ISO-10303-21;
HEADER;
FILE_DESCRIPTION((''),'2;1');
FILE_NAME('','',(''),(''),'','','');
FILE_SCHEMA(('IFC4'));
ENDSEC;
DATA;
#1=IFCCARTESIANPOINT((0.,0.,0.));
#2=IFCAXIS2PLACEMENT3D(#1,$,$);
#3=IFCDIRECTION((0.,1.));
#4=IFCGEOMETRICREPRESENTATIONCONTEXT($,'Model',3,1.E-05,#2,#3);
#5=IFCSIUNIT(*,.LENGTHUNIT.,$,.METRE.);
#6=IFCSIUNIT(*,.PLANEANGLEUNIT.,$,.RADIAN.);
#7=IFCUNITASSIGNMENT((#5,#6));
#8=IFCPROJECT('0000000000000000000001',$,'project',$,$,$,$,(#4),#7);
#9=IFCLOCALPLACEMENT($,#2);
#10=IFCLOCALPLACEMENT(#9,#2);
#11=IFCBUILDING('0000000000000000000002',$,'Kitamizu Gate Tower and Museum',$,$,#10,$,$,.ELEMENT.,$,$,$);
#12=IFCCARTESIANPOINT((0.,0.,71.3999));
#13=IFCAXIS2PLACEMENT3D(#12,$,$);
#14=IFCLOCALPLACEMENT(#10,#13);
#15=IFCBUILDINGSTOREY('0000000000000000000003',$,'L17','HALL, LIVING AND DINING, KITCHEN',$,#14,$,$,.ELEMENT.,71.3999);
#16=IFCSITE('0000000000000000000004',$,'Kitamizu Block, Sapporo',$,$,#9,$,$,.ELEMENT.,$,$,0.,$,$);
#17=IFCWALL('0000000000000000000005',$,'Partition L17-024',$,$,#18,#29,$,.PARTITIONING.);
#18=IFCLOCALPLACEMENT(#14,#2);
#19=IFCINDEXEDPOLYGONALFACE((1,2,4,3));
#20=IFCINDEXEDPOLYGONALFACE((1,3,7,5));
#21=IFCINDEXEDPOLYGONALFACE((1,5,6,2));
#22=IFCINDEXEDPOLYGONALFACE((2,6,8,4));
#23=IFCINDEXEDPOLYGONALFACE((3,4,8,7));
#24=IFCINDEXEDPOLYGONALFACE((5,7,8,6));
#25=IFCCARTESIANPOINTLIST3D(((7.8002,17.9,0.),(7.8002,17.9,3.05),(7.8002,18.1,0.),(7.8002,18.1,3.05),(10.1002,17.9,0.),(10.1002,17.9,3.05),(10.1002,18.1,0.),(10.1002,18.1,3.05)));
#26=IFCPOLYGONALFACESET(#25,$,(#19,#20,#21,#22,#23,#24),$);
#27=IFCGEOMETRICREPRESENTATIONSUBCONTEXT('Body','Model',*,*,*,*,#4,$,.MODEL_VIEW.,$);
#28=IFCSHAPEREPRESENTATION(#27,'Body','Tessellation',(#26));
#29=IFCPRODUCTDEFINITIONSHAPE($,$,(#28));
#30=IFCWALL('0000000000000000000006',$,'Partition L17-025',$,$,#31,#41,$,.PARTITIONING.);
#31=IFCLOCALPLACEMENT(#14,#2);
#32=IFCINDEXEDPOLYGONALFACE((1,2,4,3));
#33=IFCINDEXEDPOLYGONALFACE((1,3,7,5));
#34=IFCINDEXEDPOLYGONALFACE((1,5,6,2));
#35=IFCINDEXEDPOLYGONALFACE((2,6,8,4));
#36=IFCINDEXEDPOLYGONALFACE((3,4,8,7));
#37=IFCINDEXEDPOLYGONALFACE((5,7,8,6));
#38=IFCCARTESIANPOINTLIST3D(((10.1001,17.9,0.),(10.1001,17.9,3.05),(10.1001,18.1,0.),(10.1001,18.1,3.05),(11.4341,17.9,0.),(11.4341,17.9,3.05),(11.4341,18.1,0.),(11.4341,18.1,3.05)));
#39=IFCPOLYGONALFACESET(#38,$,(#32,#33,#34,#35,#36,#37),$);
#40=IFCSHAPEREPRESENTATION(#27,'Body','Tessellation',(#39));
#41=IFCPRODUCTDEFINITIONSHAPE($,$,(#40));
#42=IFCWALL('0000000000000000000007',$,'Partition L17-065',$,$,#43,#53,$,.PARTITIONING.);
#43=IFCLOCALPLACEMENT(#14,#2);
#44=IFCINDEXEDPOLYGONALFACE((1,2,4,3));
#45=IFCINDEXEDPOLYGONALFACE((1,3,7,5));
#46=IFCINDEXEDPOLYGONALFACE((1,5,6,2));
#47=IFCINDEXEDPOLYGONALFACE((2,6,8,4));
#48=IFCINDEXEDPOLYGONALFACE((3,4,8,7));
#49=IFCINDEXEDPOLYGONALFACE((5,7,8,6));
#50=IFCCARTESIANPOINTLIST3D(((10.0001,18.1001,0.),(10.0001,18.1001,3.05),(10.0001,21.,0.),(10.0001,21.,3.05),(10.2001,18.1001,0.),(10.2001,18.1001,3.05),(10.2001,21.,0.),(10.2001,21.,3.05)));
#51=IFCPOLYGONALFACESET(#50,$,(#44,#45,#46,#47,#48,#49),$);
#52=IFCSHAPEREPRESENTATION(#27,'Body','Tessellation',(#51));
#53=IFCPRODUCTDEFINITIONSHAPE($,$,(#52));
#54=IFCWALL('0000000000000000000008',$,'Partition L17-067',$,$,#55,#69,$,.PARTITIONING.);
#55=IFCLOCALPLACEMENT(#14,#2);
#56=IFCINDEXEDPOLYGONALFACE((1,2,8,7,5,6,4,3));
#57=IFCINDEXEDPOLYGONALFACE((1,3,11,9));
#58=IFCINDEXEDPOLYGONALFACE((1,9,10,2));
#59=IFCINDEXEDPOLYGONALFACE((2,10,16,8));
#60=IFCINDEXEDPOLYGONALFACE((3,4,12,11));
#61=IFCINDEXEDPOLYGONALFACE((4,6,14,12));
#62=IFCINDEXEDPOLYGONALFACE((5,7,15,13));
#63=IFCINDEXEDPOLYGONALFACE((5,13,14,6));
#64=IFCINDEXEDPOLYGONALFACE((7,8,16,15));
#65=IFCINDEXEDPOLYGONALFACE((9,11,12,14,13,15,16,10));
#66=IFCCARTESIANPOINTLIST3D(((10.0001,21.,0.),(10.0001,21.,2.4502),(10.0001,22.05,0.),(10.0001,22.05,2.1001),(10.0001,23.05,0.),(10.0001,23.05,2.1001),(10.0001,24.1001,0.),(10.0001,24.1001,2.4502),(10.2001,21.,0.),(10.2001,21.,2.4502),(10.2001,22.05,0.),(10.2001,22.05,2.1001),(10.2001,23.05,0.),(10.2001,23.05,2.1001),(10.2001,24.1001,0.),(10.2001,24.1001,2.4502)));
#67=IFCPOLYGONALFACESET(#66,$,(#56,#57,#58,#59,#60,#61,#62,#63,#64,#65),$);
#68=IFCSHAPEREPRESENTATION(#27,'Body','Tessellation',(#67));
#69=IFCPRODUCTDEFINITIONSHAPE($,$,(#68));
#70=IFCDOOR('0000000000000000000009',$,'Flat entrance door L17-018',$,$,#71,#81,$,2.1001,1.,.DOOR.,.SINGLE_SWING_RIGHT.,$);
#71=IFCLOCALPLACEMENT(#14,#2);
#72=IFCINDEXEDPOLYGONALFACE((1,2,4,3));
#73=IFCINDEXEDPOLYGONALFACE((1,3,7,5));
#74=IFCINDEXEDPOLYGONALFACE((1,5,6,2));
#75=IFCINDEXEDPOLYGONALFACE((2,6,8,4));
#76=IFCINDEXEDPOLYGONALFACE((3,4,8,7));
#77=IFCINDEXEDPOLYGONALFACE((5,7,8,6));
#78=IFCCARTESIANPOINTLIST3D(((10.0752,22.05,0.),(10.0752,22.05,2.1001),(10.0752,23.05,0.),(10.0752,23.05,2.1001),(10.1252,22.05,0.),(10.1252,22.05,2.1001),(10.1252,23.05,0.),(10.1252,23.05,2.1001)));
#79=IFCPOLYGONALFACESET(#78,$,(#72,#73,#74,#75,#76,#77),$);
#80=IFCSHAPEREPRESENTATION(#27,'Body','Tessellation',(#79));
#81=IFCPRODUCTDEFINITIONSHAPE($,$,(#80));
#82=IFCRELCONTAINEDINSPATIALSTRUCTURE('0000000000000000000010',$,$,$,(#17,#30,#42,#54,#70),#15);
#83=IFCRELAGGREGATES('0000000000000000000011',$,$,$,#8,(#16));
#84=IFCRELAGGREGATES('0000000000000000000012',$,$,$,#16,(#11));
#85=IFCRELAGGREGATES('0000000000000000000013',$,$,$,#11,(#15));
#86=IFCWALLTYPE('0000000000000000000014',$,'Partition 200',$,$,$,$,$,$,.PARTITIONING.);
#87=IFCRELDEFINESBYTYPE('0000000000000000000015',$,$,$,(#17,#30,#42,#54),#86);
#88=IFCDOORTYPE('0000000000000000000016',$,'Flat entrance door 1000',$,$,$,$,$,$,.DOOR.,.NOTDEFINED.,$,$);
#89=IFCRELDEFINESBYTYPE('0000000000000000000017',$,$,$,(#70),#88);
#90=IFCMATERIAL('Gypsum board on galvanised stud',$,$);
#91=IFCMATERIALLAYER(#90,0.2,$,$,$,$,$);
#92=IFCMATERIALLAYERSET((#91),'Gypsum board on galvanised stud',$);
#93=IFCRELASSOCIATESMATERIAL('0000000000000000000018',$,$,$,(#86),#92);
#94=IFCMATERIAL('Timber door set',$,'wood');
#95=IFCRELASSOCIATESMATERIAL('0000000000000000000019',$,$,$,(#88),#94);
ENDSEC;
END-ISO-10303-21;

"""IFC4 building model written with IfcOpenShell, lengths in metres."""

from ifc_helpers import new_model, si_unit, direction, frame, frame_2d, origin, place, context, subcontext, project, spatial, rectangle, extrude, material, layer, layer_set, type_object, element, fill, save


model = new_model("IFC4")

# Units and contexts
model_context = context("Model", 3, precision=1e-05, world=origin(), true_north=direction((0.0, 1.0)))
body_context = subcontext(model_context, "Body", "Model", "MODEL_VIEW")
ifc_project = project(units=[si_unit("LENGTHUNIT", "METRE"), si_unit("PLANEANGLEUNIT", "RADIAN")], contexts=[model_context])

# Site, building, storey
site_placement = place(None, origin())
site = spatial("IfcSite", under=ifc_project, at=site_placement, Name="Kitamizu Block, Sapporo", CompositionType="ELEMENT", RefElevation=0.0)
building_placement = place(site_placement, origin())
building = spatial("IfcBuilding", under=site, at=building_placement, Name="Kitamizu Gate Tower and Museum", CompositionType="ELEMENT")
storey_placement = place(building_placement, frame((0.0, 0.0, 71.3999)))
storey = spatial("IfcBuildingStorey", under=building, at=storey_placement, Name="L17", Description="HALL, LIVING AND DINING, KITCHEN", CompositionType="ELEMENT", Elevation=71.3999)

# Walls
ifc_material_1 = material(Name="Gypsum board on galvanised stud")
ifc_layer_1 = layer(ifc_material_1, 0.2)
ifc_layer_set_1 = layer_set([ifc_layer_1], Name="Gypsum board on galvanised stud")
wall_type_1 = type_object("IfcWallType", Name="Partition 200", PredefinedType="PARTITIONING", material=ifc_layer_set_1)
wall_1_placement = place(storey_placement, frame((10.1001, 18.0, 0.0), z_axis=(0.0, 0.0, 1.0), x_axis=(-1.0, 0.0, 0.0)))
element("IfcWall", 1, at=wall_1_placement, inside=storey, type_object=wall_type_1, Name="Partition L17-024", PredefinedType="PARTITIONING", context=body_context, shape_type="SweptSolid", body=[
    extrude(rectangle(XDim=2.3, YDim=0.2, at=frame_2d((1.1499, 0.0))), origin(), (0.0, 0.0, 1.0), 3.05),
])
wall_2_placement = place(storey_placement, frame((11.4341, 18.0, 0.0), z_axis=(0.0, 0.0, 1.0), x_axis=(-1.0, 0.0, 0.0)))
element("IfcWall", 2, at=wall_2_placement, inside=storey, type_object=wall_type_1, Name="Partition L17-025", PredefinedType="PARTITIONING", context=body_context, shape_type="SweptSolid", body=[
    extrude(rectangle(XDim=1.334, YDim=0.2, at=frame_2d((0.667, 0.0))), origin(), (0.0, 0.0, 1.0), 3.05),
])
wall_3_placement = place(storey_placement, frame((10.1001, 18.1001, 0.0), z_axis=(0.0, 0.0, 1.0), x_axis=(0.0, 1.0, 0.0)))
element("IfcWall", 3, at=wall_3_placement, inside=storey, type_object=wall_type_1, Name="Partition L17-065", PredefinedType="PARTITIONING", context=body_context, shape_type="SweptSolid", body=[
    extrude(rectangle(XDim=2.8999, YDim=0.2, at=frame_2d((1.45, 0.0))), origin(), (0.0, 0.0, 1.0), 3.05),
])

# Wall, opening, door
wall_4_placement = place(storey_placement, frame((10.1001, 21.0, 0.0), z_axis=(0.0, 0.0, 1.0), x_axis=(0.0, 1.0, 0.0)))
wall_4 = element("IfcWall", 4, at=wall_4_placement, inside=storey, type_object=wall_type_1, Name="Partition L17-067", PredefinedType="PARTITIONING", context=body_context, shape_type="SweptSolid", body=[
    extrude(rectangle(XDim=3.1001, YDim=0.2, at=frame_2d((1.55, 0.0))), origin(), (0.0, 0.0, 1.0), 2.4502),
])
opening_1_placement = place(wall_4_placement, frame((1.05, 0.0, 0.0)))
opening_1 = element("IfcOpeningElement", 5, at=opening_1_placement, cuts=wall_4, PredefinedType="OPENING", context=body_context, shape_type="SweptSolid", body=[
    extrude(rectangle(XDim=1.0, YDim=2.1001, at=frame_2d((0.5, 1.05))), frame((0.0, 0.1099, 0.0), z_axis=(0.0, -1.0, 0.0), x_axis=(1.0, 0.0, 0.0)), (0.0, 0.0, 1.0), 0.22),
])
ifc_material_2 = material(Name="Timber door set", Category="wood")
door_type_1 = type_object("IfcDoorType", Name="Flat entrance door 1000", OperationType="NOTDEFINED", PredefinedType="DOOR", material=ifc_material_2)
door_1_placement = place(opening_1_placement, origin())
door_1 = element("IfcDoor", 6, at=door_1_placement, inside=storey, type_object=door_type_1, Name="Flat entrance door L17-018", OperationType="SINGLE_SWING_RIGHT", OverallHeight=2.1001, OverallWidth=1.0, PredefinedType="DOOR", context=body_context, shape_type="SweptSolid", body=[
    extrude(rectangle(XDim=1.0, YDim=2.1001, at=frame_2d((0.5, 1.05))), frame((0.0, 0.0249, 0.0), z_axis=(0.0, -1.0, 0.0), x_axis=(1.0, 0.0, 0.0)), (0.0, 0.0, 1.0), 0.05),
])
fill(opening_1, door_1)

save(model, "model.ifc")
